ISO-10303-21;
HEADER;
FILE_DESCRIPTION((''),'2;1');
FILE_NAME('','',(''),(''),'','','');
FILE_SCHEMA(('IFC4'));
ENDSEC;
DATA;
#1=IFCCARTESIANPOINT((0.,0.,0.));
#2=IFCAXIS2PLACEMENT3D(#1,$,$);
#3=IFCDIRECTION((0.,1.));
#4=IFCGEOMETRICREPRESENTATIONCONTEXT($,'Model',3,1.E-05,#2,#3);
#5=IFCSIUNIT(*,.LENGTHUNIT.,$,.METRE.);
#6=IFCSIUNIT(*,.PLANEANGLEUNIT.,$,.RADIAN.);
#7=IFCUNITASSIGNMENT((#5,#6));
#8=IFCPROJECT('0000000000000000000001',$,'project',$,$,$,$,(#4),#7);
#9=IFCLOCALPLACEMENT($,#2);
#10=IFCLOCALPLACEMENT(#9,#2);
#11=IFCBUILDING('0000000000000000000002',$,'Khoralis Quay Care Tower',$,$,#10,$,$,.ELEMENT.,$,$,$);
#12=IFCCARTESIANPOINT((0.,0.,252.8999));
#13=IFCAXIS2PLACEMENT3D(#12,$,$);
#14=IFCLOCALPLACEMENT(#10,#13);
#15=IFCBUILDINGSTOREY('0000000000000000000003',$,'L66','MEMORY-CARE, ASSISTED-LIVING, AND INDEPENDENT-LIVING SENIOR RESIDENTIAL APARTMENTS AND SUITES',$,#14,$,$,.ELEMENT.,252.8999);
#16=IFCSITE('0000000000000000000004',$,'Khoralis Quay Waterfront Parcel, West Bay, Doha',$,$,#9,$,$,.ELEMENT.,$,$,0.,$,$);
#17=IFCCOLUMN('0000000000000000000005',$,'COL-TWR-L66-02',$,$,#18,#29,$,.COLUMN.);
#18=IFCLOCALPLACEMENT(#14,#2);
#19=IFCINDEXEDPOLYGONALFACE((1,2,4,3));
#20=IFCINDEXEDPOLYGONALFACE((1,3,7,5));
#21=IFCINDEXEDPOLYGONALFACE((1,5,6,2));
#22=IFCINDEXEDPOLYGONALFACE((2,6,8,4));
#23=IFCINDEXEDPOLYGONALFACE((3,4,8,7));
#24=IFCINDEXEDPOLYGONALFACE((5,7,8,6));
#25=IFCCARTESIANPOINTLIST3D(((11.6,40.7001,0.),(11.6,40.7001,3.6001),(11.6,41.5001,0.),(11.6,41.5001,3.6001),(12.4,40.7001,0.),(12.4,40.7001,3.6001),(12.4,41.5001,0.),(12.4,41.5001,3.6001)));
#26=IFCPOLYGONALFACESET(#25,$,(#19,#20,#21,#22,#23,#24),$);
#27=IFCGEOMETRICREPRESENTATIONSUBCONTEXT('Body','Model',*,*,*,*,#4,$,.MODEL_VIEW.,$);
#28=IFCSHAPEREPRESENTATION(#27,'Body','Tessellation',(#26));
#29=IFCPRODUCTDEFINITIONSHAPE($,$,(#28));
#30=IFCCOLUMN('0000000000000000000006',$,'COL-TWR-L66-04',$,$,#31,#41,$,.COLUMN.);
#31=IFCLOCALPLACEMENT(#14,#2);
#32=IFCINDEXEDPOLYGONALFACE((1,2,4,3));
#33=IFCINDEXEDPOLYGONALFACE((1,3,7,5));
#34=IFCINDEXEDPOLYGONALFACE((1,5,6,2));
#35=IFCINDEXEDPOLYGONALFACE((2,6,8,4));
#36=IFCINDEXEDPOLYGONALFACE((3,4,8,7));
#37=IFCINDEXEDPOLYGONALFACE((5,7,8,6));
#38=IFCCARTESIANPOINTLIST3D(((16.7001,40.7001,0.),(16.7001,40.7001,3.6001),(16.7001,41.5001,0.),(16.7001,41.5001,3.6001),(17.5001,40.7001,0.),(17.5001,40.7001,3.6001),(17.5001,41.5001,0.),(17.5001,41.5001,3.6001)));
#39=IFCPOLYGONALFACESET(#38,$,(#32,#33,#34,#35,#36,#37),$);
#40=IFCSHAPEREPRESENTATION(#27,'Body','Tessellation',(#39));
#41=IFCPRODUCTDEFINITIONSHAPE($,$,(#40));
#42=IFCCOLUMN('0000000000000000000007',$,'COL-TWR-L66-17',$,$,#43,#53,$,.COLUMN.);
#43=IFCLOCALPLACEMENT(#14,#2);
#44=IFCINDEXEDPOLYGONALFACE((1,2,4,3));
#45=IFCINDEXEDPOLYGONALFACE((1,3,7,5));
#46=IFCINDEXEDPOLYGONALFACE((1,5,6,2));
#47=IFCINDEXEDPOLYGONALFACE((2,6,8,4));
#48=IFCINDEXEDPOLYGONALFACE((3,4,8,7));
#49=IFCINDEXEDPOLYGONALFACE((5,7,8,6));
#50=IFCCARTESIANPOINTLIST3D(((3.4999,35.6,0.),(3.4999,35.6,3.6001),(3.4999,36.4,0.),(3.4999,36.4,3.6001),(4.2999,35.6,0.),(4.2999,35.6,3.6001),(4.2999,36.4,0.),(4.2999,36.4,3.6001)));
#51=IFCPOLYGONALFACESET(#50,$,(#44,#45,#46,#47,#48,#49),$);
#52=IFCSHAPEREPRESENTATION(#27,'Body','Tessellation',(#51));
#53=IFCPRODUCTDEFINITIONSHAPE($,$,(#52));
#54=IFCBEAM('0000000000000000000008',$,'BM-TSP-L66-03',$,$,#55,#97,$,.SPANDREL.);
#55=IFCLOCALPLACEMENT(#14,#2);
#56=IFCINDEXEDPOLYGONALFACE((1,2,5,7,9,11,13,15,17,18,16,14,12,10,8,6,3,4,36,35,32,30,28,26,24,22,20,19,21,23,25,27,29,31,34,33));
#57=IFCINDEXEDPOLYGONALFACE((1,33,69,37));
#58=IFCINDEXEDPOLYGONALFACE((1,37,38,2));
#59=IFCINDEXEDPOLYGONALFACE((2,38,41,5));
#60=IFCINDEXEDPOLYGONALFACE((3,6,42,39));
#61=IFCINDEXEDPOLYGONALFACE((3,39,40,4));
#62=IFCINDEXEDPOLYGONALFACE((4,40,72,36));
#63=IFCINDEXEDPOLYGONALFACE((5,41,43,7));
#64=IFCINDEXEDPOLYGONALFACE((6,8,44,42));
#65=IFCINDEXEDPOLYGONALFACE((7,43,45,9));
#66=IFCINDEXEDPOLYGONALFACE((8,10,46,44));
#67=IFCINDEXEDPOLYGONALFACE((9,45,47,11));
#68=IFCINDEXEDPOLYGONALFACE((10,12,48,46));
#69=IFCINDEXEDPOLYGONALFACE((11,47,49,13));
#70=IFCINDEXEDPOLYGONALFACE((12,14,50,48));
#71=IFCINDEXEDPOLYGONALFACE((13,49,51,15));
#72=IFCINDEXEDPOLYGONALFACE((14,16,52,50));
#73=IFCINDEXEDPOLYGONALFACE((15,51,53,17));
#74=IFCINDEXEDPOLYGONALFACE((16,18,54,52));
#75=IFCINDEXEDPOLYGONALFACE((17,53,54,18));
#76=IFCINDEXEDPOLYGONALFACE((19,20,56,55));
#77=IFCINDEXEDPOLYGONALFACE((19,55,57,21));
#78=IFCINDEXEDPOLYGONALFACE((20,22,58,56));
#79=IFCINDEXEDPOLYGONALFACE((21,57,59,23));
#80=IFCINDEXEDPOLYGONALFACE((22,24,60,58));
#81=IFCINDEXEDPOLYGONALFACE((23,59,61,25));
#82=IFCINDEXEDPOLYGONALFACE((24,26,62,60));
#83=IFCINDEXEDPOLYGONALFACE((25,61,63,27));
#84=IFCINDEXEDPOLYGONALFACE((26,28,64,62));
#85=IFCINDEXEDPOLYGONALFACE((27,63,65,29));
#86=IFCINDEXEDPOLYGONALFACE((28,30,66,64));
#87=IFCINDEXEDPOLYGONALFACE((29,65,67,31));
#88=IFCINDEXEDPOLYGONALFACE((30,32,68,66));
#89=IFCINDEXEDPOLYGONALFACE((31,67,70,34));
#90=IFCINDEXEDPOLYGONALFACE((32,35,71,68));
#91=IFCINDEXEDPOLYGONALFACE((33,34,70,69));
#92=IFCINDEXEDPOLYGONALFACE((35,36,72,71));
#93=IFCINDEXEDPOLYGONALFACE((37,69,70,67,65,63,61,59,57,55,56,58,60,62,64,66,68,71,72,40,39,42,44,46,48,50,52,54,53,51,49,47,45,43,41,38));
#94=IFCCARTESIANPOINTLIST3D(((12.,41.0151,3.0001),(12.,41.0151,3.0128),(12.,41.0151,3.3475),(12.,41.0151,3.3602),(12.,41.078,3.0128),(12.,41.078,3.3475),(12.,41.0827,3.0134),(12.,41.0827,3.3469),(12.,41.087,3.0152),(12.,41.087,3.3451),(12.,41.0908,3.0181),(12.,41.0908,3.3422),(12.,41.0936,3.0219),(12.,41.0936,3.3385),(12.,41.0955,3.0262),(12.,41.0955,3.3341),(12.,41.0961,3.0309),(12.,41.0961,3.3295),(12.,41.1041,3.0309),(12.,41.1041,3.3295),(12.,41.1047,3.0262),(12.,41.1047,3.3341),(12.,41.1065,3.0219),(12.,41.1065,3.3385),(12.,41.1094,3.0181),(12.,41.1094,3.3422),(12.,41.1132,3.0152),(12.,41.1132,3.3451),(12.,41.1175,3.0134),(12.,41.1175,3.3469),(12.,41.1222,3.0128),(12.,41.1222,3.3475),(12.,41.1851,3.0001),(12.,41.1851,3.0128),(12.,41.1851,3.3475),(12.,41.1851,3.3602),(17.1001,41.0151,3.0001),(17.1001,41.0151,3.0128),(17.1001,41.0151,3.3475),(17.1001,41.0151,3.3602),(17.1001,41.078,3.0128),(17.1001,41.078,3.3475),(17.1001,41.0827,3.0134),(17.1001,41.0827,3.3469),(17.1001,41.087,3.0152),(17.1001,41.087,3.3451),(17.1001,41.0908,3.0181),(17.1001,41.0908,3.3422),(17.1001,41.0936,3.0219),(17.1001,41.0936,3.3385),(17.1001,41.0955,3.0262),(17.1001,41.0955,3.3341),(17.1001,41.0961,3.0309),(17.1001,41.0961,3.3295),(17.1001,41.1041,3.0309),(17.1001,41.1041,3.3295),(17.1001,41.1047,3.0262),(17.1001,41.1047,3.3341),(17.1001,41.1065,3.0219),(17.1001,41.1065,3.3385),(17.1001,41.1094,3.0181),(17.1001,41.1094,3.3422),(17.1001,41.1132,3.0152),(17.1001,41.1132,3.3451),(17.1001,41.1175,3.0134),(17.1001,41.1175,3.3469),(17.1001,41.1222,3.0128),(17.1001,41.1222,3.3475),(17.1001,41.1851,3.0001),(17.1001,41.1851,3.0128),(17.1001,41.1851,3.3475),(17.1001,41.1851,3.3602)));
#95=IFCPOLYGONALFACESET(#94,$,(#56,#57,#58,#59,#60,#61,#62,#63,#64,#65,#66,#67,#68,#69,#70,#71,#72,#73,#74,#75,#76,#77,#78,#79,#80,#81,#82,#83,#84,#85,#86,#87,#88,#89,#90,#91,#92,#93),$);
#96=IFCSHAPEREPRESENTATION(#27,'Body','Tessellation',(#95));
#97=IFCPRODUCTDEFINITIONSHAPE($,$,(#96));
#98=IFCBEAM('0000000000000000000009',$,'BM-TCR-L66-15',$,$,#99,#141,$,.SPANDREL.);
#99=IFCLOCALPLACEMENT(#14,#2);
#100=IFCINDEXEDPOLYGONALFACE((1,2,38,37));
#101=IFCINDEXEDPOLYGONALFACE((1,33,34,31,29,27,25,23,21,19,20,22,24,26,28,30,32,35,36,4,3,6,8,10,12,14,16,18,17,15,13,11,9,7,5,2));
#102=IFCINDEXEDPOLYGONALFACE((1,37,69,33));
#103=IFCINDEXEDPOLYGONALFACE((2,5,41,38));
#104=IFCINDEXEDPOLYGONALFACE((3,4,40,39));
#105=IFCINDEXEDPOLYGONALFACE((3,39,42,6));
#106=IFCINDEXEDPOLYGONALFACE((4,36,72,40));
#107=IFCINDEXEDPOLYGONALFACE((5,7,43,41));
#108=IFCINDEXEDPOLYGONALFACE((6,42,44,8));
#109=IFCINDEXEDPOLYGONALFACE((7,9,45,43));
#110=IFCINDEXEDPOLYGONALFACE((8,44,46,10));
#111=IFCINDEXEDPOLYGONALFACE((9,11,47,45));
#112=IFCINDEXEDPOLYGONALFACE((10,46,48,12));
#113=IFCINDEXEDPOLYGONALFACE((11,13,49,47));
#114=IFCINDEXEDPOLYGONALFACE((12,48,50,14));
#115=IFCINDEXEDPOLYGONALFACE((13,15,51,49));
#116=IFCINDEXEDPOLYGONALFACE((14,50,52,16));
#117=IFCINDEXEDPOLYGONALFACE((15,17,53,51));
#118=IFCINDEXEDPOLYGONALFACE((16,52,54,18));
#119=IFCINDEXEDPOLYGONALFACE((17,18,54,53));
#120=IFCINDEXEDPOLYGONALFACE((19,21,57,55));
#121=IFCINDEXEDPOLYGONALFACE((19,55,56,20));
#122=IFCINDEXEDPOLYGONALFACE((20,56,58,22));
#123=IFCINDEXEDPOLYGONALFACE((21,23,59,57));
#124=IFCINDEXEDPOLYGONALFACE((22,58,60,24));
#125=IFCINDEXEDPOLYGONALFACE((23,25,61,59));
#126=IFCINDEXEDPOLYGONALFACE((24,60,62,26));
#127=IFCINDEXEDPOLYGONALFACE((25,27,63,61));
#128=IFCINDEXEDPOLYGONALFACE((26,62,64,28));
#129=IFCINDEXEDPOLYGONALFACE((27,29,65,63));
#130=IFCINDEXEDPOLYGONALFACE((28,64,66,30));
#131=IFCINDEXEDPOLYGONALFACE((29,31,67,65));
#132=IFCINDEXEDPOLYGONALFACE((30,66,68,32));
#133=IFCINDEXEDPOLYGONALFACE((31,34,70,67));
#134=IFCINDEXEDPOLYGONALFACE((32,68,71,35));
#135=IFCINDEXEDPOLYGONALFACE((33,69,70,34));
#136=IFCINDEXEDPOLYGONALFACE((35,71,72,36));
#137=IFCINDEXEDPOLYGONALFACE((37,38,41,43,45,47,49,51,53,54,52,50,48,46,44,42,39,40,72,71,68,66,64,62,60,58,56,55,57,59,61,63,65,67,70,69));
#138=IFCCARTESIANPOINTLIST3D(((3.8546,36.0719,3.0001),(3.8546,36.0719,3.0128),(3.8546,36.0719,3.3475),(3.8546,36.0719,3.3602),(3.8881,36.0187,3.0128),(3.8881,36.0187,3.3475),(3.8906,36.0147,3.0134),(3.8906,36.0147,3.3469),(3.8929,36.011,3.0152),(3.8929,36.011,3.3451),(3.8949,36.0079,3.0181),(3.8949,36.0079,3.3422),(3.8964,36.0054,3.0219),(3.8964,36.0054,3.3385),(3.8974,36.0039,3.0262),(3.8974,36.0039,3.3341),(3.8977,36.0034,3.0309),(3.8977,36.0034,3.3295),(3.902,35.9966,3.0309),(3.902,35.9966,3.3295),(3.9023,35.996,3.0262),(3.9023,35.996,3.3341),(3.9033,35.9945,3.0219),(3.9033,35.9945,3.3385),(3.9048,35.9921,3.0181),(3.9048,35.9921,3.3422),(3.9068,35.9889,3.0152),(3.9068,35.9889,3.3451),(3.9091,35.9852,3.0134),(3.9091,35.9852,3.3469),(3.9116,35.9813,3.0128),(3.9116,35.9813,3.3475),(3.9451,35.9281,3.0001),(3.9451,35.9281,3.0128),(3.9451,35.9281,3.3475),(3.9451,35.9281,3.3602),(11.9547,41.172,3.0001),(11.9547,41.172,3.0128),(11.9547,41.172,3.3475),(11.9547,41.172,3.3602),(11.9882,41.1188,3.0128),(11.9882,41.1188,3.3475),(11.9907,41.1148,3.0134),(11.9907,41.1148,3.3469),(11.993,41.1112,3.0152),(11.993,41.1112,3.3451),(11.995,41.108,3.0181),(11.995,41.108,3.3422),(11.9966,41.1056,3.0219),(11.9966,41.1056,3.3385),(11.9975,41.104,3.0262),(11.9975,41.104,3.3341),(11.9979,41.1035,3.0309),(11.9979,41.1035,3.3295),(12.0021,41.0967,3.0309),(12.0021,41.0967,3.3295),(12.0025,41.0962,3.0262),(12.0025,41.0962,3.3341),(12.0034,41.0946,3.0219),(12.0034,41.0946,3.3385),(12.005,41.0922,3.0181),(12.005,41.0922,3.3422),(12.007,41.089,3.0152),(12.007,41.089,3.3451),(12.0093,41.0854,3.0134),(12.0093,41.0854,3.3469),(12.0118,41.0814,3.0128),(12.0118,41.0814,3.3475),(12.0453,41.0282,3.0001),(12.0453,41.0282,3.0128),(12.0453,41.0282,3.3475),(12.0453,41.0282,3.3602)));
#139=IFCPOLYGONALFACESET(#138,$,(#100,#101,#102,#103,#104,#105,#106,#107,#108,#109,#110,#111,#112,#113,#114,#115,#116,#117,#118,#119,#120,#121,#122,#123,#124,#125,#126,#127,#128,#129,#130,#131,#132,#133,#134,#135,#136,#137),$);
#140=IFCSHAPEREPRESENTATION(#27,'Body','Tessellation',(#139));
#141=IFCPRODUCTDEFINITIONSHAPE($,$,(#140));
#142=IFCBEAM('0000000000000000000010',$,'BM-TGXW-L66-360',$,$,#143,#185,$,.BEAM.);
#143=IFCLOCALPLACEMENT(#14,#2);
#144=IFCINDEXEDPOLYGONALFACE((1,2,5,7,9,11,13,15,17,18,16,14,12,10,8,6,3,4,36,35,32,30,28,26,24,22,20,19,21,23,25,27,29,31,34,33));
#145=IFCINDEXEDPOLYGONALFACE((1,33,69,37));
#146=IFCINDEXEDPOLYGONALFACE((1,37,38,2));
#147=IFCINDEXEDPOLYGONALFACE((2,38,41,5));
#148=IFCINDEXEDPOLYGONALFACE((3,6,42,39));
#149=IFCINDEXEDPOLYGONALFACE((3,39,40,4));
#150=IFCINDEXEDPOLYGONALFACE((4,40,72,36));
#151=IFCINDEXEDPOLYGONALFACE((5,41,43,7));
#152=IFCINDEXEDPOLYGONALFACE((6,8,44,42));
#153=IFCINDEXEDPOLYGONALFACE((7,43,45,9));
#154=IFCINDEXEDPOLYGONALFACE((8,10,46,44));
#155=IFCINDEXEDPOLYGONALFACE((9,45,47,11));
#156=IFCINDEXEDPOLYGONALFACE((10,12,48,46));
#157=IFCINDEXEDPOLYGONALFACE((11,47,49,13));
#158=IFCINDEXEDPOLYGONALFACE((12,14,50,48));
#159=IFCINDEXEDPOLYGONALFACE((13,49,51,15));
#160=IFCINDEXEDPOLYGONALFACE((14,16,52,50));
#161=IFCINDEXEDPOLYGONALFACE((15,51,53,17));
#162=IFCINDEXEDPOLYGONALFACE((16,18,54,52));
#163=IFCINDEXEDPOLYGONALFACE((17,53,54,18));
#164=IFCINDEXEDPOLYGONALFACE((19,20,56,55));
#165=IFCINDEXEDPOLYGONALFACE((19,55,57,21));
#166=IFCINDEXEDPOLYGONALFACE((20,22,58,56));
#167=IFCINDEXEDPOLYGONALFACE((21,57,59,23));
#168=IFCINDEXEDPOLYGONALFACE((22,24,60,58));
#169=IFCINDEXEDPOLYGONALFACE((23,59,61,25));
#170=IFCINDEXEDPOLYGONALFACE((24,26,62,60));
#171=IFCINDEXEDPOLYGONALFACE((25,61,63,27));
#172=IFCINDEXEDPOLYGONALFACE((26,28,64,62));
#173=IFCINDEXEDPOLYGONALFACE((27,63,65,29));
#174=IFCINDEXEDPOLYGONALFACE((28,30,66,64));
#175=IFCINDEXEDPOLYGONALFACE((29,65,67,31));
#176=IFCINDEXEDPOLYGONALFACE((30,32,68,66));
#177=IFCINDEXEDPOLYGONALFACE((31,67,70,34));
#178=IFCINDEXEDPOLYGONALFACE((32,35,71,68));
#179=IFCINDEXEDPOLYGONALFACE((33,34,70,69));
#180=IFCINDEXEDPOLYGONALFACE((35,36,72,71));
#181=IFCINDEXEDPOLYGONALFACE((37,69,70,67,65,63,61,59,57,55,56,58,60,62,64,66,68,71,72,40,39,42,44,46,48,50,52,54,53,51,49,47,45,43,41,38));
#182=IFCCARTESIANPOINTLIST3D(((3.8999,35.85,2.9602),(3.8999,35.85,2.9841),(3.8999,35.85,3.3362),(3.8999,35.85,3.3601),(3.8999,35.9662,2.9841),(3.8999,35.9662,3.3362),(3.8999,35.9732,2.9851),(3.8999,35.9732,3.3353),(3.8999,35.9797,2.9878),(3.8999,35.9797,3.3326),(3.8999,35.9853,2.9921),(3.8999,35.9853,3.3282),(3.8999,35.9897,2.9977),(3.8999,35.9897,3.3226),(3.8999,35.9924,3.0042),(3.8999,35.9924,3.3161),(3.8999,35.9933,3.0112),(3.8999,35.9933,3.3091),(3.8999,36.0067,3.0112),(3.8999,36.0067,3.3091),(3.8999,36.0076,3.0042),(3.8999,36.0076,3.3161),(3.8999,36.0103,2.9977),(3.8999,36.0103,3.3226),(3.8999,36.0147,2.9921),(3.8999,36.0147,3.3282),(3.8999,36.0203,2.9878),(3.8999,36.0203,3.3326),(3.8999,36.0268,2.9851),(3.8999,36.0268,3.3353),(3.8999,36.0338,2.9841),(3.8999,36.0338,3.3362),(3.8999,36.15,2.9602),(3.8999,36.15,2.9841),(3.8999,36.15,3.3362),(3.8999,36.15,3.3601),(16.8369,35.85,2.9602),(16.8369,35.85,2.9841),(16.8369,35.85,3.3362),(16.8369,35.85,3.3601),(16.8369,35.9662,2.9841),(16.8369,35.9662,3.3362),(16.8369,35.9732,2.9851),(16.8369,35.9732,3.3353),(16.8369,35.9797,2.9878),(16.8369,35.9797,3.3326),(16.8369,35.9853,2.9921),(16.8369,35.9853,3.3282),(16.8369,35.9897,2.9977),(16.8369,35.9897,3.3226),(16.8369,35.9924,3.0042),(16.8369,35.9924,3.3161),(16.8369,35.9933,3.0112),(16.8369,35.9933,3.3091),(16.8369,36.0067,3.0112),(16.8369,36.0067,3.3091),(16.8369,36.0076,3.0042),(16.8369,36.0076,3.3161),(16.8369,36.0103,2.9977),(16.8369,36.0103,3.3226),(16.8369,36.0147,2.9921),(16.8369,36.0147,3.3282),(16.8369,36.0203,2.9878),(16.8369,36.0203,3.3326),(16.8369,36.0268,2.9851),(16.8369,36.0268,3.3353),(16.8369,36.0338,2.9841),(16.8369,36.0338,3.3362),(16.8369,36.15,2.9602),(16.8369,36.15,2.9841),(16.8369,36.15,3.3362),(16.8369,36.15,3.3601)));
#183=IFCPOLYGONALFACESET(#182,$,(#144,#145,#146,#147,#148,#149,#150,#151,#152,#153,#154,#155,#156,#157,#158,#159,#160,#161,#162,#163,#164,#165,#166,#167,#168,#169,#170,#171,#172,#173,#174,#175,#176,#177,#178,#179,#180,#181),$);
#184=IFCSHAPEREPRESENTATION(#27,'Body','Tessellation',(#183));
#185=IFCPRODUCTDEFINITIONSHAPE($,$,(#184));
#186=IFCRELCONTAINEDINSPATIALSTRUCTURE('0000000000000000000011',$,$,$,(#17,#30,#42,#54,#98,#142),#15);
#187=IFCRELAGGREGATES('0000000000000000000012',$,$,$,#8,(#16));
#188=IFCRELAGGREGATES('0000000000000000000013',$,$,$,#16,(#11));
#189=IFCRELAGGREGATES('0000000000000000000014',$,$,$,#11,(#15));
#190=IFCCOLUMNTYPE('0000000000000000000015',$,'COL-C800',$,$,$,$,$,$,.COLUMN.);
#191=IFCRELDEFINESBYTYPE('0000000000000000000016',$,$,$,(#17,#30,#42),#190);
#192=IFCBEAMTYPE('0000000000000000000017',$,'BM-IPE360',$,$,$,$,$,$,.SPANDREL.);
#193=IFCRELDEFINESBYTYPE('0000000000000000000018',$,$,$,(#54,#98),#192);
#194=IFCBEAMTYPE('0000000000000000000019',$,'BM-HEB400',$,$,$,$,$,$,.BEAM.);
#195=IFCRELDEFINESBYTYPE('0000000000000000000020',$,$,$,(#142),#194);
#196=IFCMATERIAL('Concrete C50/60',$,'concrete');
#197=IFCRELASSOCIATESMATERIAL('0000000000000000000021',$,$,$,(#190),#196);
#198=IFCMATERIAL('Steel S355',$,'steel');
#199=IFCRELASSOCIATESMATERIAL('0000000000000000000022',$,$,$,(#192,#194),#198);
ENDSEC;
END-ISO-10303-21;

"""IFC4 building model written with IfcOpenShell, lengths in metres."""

from ifc_helpers import new_model, si_unit, direction, frame, origin, origin_2d, place, context, subcontext, project, spatial, rectangle, i_section, extrude, source, transform, mapped, material, material_profile, profile_set, type_object, element, save


model = new_model("IFC4")

# Units and contexts
model_context = context("Model", 3, precision=1e-05, world=origin(), true_north=direction((0.0, 1.0)))
body_context = subcontext(model_context, "Body", "Model", "MODEL_VIEW")
ifc_project = project(units=[si_unit("LENGTHUNIT", "METRE"), si_unit("PLANEANGLEUNIT", "RADIAN")], contexts=[model_context])

# Site, building, storey
site_placement = place(None, origin())
site = spatial("IfcSite", under=ifc_project, at=site_placement, Name="Khoralis Quay Waterfront Parcel, West Bay, Doha", CompositionType="ELEMENT", RefElevation=0.0)
building_placement = place(site_placement, origin())
building = spatial("IfcBuilding", under=site, at=building_placement, Name="Khoralis Quay Care Tower", CompositionType="ELEMENT")
storey_placement = place(building_placement, frame((0.0, 0.0, 252.8999)))
storey = spatial("IfcBuildingStorey", under=building, at=storey_placement, Name="L66", Description="MEMORY-CARE, ASSISTED-LIVING, AND INDEPENDENT-LIVING SENIOR RESIDENTIAL APARTMENTS AND SUITES", CompositionType="ELEMENT", Elevation=252.8999)

# Columns
ifc_material_1 = material(Name="Concrete C50/60", Category="concrete")
ifc_material_profile_1 = material_profile(ifc_material_1, rectangle(XDim=0.8, YDim=0.8, at=origin_2d()), Name="Concrete C50/60")
ifc_profile_set_1 = profile_set([ifc_material_profile_1], Name="Concrete C50/60")
column_type = type_object("IfcColumnType", Name="COL-C800", PredefinedType="COLUMN", material=ifc_profile_set_1)
shared_shape_1 = source(origin(), body_context, "Body", "SweptSolid", [
    extrude(rectangle(XDim=0.8, YDim=0.8, at=origin_2d()), origin(), (0.0, 0.0, 1.0), 3.6001),
])
for number, where, z_axis, x_axis, name in (
    (1, (12.0, 41.1001, 0.0), (0.0, 0.0, 1.0), (1.0, 0.0, 0.0), "COL-TWR-L66-02"),
    (2, (17.1001, 41.1001, 0.0), (0.0, 0.0, 1.0), (1.0, 0.0, 0.0), "COL-TWR-L66-04"),
    (3, (3.8999, 36.0, 0.0), (0.0, 0.0, 1.0), (1.0, 0.0, 0.0), "COL-TWR-L66-17"),
):
    element("IfcColumn", number, at=place(storey_placement, frame(where, z_axis=z_axis, x_axis=x_axis)), inside=storey, type_object=column_type, Name=name, PredefinedType="COLUMN", context=body_context, shape_type="MappedRepresentation", body=[
        mapped(shared_shape_1, transform((0.0, 0.0, 0.0), scale=1.0)),
    ])

# Beams
ifc_material_2 = material(Name="Steel S355", Category="steel")
ifc_material_profile_2 = material_profile(ifc_material_2, i_section(OverallWidth=0.1699, OverallDepth=0.3601, WebThickness=0.0081, FlangeThickness=0.0127, FilletRadius=0.0181, at=origin_2d()), Name="Steel S355")
ifc_profile_set_2 = profile_set([ifc_material_profile_2], Name="Steel S355")
beam_type_1 = type_object("IfcBeamType", Name="BM-IPE360", PredefinedType="SPANDREL", material=ifc_profile_set_2)
shared_shape_2 = source(origin(), body_context, "Body", "SweptSolid", [
    extrude(i_section(OverallWidth=0.1699, OverallDepth=0.3601, WebThickness=0.0081, FlangeThickness=0.0127, FilletRadius=0.0181, at=origin_2d()), origin(), (0.0, 0.0, 1.0), 5.1001),
])
beam_1_placement = place(storey_placement, frame((12.0, 41.1001, 3.1802), z_axis=(1.0, 0.0, 0.0), x_axis=(0.0, 1.0, 0.0)))
element("IfcBeam", 4, at=beam_1_placement, inside=storey, type_object=beam_type_1, Name="BM-TSP-L66-03", PredefinedType="SPANDREL", context=body_context, shape_type="MappedRepresentation", body=[
    mapped(shared_shape_2, transform((0.0, 0.0, 0.0), scale=1.0)),
])
shared_shape_3 = source(origin(), body_context, "Body", "SweptSolid", [
    extrude(i_section(OverallWidth=0.1699, OverallDepth=0.3601, WebThickness=0.0081, FlangeThickness=0.0127, FilletRadius=0.0181, at=origin_2d()), origin(), (0.0, 0.0, 1.0), 9.572),
])
beam_2_placement = place(storey_placement, frame((12.0, 41.1001, 3.1802), z_axis=(-0.846231, -0.532816, 0.0), x_axis=(0.532816, -0.846231, 0.0)))
element("IfcBeam", 5, at=beam_2_placement, inside=storey, type_object=beam_type_1, Name="BM-TCR-L66-15", PredefinedType="SPANDREL", context=body_context, shape_type="MappedRepresentation", body=[
    mapped(shared_shape_3, transform((0.0, 0.0, 0.0), scale=1.0)),
])
ifc_material_profile_3 = material_profile(ifc_material_2, i_section(OverallWidth=0.3, OverallDepth=0.3999, WebThickness=0.0134, FlangeThickness=0.0239, FilletRadius=0.0271, at=origin_2d()), Name="Steel S355")
ifc_profile_set_3 = profile_set([ifc_material_profile_3], Name="Steel S355")
beam_type_2 = type_object("IfcBeamType", Name="BM-HEB400", PredefinedType="BEAM", material=ifc_profile_set_3)
shared_shape_4 = source(origin(), body_context, "Body", "SweptSolid", [
    extrude(i_section(OverallWidth=0.3, OverallDepth=0.3999, WebThickness=0.0134, FlangeThickness=0.0239, FilletRadius=0.0271, at=origin_2d()), origin(), (0.0, 0.0, 1.0), 12.937),
])
beam_3_placement = place(storey_placement, frame((3.8999, 36.0, 3.1602), z_axis=(1.0, 0.0, 0.0), x_axis=(0.0, 1.0, 0.0)))
element("IfcBeam", 6, at=beam_3_placement, inside=storey, type_object=beam_type_2, Name="BM-TGXW-L66-360", PredefinedType="BEAM", context=body_context, shape_type="MappedRepresentation", body=[
    mapped(shared_shape_4, transform((0.0, 0.0, 0.0), scale=1.0)),
])

save(model, "model.ifc")
